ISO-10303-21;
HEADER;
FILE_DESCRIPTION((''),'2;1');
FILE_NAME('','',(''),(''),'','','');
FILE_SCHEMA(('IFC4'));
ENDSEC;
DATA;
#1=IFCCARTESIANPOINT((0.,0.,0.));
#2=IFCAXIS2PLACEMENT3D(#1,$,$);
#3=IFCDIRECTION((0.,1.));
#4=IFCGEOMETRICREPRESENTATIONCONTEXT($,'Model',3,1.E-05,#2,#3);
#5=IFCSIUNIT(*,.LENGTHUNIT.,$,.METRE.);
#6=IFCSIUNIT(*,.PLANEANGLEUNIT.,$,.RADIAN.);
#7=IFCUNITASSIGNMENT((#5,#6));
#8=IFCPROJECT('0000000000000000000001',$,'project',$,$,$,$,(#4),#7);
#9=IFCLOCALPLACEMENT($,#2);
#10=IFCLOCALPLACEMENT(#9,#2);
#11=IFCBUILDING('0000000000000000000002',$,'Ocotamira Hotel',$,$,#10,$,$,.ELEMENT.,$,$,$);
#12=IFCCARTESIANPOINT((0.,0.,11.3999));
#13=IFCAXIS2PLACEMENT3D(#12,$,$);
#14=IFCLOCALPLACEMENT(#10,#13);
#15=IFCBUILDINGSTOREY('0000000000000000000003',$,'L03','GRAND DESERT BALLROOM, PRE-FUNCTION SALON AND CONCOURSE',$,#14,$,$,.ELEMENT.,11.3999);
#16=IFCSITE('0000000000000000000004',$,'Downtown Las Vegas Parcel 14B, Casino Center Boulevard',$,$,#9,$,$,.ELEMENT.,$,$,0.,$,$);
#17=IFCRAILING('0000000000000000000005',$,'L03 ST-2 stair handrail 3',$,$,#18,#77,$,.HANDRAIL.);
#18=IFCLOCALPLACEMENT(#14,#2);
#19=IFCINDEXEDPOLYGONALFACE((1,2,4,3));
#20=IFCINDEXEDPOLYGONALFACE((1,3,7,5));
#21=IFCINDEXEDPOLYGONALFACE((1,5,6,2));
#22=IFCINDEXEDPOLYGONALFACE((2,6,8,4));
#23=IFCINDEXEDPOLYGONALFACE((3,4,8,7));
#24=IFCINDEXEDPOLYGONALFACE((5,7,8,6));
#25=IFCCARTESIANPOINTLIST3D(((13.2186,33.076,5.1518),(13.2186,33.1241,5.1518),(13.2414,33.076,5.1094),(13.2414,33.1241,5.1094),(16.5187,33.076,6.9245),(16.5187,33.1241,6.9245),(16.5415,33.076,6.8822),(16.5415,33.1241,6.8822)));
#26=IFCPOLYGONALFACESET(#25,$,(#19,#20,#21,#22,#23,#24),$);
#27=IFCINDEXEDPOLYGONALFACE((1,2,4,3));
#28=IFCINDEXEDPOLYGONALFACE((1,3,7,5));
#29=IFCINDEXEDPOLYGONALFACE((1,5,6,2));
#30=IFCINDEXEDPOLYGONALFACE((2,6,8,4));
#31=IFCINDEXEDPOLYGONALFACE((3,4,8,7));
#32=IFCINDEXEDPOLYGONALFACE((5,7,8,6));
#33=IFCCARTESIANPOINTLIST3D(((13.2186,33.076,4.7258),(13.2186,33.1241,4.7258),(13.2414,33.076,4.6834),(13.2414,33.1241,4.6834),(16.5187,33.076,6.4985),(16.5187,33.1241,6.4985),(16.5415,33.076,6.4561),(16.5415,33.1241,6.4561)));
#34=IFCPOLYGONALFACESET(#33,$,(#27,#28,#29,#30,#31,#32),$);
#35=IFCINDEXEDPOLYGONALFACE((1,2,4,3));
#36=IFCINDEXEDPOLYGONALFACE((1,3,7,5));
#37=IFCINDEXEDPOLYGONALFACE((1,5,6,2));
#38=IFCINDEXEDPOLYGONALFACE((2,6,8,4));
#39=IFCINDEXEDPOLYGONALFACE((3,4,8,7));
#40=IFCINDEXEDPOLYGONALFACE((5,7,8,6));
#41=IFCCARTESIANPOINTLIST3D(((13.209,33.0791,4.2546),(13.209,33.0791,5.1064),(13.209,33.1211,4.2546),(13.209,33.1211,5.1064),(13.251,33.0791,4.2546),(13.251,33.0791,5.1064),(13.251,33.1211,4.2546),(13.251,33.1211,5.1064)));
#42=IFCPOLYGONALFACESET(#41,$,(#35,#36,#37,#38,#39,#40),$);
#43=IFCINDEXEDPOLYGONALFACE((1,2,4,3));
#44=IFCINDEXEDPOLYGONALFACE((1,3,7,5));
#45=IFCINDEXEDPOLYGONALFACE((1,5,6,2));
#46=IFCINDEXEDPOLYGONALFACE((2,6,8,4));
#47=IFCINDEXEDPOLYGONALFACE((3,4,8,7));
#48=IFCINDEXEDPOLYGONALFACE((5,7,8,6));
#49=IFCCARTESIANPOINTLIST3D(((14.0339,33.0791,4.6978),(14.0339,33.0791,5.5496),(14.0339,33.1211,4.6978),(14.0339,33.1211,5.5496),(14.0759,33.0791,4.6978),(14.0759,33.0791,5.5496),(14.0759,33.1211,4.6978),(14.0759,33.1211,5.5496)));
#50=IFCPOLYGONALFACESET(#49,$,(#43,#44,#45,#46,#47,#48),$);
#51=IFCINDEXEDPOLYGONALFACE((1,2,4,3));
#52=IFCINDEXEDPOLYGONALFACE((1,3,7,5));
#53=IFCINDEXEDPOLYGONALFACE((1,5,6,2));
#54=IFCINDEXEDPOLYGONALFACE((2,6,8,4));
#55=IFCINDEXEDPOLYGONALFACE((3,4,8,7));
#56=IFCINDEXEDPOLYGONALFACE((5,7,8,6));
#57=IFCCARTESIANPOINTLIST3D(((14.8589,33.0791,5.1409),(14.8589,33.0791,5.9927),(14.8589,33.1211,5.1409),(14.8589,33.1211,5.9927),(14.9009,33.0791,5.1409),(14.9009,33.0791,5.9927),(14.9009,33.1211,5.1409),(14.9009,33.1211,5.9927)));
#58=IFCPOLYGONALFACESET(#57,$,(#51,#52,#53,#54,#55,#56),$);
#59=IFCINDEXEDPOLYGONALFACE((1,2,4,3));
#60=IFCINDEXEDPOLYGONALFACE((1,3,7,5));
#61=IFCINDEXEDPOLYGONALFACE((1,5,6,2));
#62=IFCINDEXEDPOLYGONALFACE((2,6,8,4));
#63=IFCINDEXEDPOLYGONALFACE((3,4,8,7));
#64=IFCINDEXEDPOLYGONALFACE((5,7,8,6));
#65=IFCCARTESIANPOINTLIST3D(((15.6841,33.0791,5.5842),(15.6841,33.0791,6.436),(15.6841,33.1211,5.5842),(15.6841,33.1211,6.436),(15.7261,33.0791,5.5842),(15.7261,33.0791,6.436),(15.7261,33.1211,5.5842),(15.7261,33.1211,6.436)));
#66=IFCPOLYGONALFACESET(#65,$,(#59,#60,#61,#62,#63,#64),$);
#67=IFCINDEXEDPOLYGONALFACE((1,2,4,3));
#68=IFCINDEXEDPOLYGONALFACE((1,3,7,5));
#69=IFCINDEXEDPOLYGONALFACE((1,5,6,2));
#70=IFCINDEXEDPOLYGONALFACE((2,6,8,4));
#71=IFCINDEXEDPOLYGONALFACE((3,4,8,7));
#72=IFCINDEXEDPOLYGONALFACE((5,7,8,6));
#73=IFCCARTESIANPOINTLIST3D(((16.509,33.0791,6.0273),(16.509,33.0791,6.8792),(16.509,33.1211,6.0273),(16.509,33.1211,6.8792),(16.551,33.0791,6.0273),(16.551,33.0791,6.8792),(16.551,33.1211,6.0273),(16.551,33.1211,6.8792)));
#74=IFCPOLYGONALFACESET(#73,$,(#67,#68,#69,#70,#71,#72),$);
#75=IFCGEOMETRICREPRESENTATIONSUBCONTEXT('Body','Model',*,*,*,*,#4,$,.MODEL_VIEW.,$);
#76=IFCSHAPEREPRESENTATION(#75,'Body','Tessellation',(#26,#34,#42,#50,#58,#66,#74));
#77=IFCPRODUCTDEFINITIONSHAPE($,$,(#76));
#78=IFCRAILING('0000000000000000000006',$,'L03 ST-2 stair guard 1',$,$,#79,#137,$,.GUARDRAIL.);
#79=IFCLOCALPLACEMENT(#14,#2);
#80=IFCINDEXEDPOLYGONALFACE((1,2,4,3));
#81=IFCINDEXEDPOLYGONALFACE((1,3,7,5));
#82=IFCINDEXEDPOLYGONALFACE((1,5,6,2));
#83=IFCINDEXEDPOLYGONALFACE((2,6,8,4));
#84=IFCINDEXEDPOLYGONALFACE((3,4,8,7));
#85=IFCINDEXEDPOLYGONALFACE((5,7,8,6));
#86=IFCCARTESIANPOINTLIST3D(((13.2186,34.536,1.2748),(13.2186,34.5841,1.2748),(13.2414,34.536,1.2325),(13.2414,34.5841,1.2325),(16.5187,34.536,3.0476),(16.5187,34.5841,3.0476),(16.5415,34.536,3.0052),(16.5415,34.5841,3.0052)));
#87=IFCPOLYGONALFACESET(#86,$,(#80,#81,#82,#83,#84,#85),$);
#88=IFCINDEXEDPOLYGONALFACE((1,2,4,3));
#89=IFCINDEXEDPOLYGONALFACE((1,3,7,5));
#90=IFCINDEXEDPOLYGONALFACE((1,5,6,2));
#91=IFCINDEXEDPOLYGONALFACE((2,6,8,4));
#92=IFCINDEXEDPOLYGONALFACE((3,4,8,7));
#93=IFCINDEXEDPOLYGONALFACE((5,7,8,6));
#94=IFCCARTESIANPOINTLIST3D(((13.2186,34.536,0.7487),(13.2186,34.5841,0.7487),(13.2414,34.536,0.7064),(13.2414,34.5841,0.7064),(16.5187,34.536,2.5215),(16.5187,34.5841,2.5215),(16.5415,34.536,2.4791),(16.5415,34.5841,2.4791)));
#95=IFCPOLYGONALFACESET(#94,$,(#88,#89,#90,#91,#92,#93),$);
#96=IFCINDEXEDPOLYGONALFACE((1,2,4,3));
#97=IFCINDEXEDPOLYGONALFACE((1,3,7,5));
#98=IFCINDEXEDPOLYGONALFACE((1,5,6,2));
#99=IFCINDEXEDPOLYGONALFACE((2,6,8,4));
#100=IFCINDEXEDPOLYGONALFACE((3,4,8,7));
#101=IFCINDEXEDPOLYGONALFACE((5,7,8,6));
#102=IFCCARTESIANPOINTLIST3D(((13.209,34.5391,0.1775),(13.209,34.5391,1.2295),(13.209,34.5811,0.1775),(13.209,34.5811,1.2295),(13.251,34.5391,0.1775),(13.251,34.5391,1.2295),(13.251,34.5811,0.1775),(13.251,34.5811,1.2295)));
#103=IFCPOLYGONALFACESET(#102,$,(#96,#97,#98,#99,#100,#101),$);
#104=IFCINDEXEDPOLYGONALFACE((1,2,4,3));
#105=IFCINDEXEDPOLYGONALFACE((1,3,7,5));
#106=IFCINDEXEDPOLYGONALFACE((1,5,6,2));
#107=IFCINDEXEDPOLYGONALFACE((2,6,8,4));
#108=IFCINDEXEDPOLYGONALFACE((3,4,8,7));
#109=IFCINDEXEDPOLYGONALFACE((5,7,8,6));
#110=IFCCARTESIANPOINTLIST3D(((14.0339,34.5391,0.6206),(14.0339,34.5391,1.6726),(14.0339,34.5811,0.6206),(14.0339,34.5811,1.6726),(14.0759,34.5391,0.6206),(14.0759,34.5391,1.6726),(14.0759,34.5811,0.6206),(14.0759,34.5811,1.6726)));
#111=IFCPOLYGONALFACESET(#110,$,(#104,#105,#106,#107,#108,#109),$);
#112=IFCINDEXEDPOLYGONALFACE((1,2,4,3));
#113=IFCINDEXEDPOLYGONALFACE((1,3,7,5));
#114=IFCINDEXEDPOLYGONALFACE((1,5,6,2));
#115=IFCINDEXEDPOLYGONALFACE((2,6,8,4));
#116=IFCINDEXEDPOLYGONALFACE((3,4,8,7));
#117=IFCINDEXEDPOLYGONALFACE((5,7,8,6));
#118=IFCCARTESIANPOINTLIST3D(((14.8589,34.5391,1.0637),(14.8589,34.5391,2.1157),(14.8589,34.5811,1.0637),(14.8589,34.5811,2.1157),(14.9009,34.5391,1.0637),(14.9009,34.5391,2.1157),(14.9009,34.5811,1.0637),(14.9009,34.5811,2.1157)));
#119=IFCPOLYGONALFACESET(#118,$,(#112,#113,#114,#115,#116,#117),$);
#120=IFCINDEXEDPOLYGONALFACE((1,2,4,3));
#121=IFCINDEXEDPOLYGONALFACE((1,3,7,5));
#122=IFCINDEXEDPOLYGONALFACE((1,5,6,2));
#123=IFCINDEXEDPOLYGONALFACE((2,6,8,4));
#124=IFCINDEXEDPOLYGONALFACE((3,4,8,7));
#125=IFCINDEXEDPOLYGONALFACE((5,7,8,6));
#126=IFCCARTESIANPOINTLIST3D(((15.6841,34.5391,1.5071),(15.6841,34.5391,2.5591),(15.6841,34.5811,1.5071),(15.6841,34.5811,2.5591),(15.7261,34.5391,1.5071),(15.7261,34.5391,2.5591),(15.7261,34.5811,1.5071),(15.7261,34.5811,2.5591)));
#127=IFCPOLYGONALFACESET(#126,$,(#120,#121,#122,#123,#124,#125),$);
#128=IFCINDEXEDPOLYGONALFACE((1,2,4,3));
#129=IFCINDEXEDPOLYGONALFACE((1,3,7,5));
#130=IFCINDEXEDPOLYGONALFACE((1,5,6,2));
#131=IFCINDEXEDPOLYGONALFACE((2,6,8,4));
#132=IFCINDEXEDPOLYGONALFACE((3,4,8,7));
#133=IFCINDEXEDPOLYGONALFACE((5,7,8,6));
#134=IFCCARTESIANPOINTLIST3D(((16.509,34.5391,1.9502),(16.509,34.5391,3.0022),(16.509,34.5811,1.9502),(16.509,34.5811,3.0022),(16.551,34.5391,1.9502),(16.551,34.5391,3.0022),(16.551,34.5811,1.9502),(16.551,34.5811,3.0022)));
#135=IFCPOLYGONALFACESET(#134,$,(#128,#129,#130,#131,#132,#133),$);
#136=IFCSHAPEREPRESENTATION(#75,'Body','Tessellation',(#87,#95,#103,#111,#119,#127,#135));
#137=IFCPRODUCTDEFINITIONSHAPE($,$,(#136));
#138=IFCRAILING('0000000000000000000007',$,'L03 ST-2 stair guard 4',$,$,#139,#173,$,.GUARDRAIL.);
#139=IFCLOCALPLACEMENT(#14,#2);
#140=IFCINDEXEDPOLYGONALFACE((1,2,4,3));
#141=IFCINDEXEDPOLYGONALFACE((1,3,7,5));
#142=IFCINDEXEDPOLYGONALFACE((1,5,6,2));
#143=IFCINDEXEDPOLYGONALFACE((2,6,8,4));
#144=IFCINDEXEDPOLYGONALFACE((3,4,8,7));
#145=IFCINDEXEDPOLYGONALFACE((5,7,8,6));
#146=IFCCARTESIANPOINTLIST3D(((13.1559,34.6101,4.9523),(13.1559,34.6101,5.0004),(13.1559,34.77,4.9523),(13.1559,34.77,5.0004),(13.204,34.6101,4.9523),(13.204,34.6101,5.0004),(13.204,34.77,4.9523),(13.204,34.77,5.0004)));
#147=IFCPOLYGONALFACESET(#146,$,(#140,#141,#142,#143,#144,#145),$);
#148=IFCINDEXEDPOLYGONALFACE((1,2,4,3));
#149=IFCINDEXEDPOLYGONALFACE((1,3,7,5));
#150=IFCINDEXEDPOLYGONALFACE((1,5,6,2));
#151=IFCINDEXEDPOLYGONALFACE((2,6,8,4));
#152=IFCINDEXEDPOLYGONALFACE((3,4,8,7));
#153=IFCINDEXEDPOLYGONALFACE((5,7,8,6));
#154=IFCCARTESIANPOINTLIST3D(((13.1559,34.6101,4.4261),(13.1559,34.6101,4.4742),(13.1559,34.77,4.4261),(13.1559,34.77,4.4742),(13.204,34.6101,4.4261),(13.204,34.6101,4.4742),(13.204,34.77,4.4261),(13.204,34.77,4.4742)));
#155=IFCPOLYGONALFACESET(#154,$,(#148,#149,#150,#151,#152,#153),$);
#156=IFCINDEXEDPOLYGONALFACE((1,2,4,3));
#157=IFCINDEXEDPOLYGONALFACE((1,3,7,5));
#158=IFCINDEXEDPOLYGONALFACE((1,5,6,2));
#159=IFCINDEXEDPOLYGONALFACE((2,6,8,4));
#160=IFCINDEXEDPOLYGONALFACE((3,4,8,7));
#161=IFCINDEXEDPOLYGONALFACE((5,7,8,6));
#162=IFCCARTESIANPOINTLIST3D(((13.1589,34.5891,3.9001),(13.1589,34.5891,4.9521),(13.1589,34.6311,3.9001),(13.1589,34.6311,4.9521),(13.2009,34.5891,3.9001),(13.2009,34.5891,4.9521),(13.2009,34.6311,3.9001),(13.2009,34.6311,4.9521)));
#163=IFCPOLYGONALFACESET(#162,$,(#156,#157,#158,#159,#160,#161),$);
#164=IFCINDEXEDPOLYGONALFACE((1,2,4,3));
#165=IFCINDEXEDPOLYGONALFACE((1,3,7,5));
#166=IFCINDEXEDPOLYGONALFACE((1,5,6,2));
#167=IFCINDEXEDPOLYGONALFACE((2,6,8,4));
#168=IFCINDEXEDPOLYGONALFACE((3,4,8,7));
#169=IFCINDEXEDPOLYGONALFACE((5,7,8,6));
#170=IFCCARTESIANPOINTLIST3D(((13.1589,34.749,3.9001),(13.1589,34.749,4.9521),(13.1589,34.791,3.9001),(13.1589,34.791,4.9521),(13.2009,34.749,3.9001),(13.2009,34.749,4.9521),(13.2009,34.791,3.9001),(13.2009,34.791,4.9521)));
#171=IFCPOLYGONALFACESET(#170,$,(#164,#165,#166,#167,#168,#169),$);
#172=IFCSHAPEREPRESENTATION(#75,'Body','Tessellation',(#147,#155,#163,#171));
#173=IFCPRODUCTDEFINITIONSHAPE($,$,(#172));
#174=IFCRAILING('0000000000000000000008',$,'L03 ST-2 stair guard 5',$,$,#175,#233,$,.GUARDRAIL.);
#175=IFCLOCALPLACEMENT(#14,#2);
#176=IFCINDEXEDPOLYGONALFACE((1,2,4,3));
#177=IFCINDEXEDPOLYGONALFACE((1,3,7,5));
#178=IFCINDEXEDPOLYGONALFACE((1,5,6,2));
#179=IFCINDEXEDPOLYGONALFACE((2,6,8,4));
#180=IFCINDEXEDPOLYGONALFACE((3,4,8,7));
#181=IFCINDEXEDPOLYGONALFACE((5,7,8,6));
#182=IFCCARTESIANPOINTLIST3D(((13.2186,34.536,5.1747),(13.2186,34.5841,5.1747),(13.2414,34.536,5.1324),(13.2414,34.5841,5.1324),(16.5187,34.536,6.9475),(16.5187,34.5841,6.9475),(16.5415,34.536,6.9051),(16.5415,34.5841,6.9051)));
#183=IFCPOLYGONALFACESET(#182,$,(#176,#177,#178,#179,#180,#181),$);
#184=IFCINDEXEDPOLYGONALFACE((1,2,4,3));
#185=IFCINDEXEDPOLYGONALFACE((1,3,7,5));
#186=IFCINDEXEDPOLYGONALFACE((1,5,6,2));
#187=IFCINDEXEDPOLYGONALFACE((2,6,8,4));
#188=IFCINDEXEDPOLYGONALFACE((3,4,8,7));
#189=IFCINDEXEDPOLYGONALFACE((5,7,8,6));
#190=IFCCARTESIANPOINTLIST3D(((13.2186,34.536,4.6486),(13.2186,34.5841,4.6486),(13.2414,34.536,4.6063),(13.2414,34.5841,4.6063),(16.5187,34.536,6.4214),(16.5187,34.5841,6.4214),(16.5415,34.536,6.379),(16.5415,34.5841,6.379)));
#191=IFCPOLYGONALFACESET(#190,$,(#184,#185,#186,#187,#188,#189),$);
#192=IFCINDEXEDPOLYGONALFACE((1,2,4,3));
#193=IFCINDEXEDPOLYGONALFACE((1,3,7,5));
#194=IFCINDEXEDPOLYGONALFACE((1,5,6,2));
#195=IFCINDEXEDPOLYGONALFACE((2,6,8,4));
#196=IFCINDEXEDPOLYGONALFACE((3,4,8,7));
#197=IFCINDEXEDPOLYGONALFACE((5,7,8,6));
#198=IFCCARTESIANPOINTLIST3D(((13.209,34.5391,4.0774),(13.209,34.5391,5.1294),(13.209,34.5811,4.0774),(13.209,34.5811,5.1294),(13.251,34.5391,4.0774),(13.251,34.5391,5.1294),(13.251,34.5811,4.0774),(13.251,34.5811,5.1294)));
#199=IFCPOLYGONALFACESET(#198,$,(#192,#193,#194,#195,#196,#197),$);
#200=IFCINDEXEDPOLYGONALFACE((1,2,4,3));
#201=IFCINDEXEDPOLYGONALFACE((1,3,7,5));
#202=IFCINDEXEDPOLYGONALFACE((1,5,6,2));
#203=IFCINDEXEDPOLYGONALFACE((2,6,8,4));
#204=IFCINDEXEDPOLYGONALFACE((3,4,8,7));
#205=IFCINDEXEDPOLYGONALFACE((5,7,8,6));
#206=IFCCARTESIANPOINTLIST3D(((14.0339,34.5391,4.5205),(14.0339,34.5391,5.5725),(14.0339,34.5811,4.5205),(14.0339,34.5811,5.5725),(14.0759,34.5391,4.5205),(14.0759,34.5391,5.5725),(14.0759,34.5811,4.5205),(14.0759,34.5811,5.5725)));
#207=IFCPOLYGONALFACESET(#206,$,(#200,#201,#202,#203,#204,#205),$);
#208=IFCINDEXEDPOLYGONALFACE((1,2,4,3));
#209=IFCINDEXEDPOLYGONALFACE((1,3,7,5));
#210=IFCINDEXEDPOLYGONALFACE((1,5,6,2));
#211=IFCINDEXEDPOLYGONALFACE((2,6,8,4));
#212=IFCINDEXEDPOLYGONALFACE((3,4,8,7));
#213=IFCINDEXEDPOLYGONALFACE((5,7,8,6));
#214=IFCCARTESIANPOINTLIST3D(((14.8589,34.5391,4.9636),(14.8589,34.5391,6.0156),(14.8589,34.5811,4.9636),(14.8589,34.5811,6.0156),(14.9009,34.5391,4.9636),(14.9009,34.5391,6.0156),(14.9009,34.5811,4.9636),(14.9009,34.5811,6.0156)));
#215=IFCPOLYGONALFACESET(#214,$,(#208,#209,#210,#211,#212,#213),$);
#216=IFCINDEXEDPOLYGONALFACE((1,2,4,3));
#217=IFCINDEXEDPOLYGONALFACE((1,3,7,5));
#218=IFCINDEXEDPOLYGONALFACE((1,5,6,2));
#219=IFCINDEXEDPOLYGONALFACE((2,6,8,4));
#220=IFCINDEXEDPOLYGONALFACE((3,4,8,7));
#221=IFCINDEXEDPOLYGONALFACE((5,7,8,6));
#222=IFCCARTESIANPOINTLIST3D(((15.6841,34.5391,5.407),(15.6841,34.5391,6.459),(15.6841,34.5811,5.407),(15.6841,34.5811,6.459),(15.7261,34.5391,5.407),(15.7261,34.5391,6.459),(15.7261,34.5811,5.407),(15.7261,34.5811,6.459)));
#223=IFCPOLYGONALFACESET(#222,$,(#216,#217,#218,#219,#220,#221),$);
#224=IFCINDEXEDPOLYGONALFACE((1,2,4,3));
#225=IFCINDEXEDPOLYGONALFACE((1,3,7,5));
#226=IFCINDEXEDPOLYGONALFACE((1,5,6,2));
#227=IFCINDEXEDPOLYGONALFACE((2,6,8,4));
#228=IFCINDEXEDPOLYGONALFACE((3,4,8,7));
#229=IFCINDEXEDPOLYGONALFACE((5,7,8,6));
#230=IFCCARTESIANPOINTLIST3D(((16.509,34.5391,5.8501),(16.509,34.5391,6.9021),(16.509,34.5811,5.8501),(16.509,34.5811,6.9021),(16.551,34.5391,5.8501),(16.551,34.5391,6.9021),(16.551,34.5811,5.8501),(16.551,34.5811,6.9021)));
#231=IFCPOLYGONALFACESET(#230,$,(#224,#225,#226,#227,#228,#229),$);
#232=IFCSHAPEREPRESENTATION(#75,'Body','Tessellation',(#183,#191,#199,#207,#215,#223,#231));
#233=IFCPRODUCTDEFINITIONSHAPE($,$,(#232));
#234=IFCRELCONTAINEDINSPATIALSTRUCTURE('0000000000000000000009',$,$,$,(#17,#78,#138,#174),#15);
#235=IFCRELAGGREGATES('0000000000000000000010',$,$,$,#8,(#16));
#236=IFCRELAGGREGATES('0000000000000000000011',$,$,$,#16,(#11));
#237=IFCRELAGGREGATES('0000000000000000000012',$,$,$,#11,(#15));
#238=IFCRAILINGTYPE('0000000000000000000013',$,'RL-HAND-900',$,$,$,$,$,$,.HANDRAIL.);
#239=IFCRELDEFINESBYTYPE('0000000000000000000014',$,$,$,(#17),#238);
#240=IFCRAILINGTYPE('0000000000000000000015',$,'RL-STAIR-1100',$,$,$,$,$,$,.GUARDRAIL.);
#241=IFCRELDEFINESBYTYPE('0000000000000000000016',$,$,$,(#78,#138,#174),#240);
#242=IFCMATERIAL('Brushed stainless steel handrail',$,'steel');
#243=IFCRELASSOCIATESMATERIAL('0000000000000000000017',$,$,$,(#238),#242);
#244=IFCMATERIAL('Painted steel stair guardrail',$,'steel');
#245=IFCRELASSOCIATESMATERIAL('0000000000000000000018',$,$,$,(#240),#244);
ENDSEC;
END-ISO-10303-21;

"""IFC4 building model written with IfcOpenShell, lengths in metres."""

from ifc_helpers import new_model, si_unit, direction, frame, origin, origin_2d, place, context, subcontext, project, spatial, rectangle, extrude, material, type_object, element, save


model = new_model("IFC4")

# Units and contexts
model_context = context("Model", 3, precision=1e-05, world=origin(), true_north=direction((0.0, 1.0)))
body_context = subcontext(model_context, "Body", "Model", "MODEL_VIEW")
ifc_project = project(units=[si_unit("LENGTHUNIT", "METRE"), si_unit("PLANEANGLEUNIT", "RADIAN")], contexts=[model_context])

# Site, building, storey
site_placement = place(None, origin())
site = spatial("IfcSite", under=ifc_project, at=site_placement, Name="Downtown Las Vegas Parcel 14B, Casino Center Boulevard", CompositionType="ELEMENT", RefElevation=0.0)
building_placement = place(site_placement, origin())
building = spatial("IfcBuilding", under=site, at=building_placement, Name="Ocotamira Hotel", CompositionType="ELEMENT")
storey_placement = place(building_placement, frame((0.0, 0.0, 11.3999)))
storey = spatial("IfcBuildingStorey", under=building, at=storey_placement, Name="L03", Description="GRAND DESERT BALLROOM, PRE-FUNCTION SALON AND CONCOURSE", CompositionType="ELEMENT", Elevation=11.3999)

# Railings
ifc_material_1 = material(Name="Brushed stainless steel handrail", Category="steel")
railing_type_1 = type_object("IfcRailingType", Name="RL-HAND-900", PredefinedType="HANDRAIL", material=ifc_material_1)
for number, where, name in (
    (1, (13.23, 33.1001, 4.2546), "L03 ST-2 stair handrail 3"),
):
    element("IfcRailing", number, at=place(storey_placement, frame(where)), inside=storey, type_object=railing_type_1, Name=name, PredefinedType="HANDRAIL", context=body_context, shape_type="SweptSolid", body=[
        extrude(rectangle(XDim=0.0481, YDim=0.0481, at=origin_2d()), frame((0.0, 0.0, 0.876), z_axis=(0.880944, 0.0, 0.473221), x_axis=(0.0, 1.0, 0.0)), (0.0, 0.0, 1.0), 3.7461),
        extrude(rectangle(XDim=0.0481, YDim=0.0481, at=origin_2d()), frame((0.0, 0.0, 0.45), z_axis=(0.880944, 0.0, 0.473221), x_axis=(0.0, 1.0, 0.0)), (0.0, 0.0, 1.0), 3.7461),
        extrude(rectangle(XDim=0.042, YDim=0.042, at=origin_2d()), origin(), (0.0, 0.0, 1.0), 0.8518),
        extrude(rectangle(XDim=0.042, YDim=0.042, at=origin_2d()), frame((0.825, 0.0, 0.4431)), (0.0, 0.0, 1.0), 0.8518),
        extrude(rectangle(XDim=0.042, YDim=0.042, at=origin_2d()), frame((1.6499, 0.0, 0.8862)), (0.0, 0.0, 1.0), 0.8518),
        extrude(rectangle(XDim=0.042, YDim=0.042, at=origin_2d()), frame((2.4751, 0.0, 1.3296)), (0.0, 0.0, 1.0), 0.8518),
        extrude(rectangle(XDim=0.042, YDim=0.042, at=origin_2d()), frame((3.3, 0.0, 1.7727)), (0.0, 0.0, 1.0), 0.8518),
    ])
ifc_material_2 = material(Name="Painted steel stair guardrail", Category="steel")
railing_type_2 = type_object("IfcRailingType", Name="RL-STAIR-1100", PredefinedType="GUARDRAIL", material=ifc_material_2)
railing_1_placement = place(storey_placement, frame((13.23, 34.5601, 0.1775)))
element("IfcRailing", 2, at=railing_1_placement, inside=storey, type_object=railing_type_2, Name="L03 ST-2 stair guard 1", PredefinedType="GUARDRAIL", context=body_context, shape_type="SweptSolid", body=[
    extrude(rectangle(XDim=0.0481, YDim=0.0481, at=origin_2d()), frame((0.0, 0.0, 1.0762), z_axis=(0.880944, 0.0, 0.473221), x_axis=(0.0, 1.0, 0.0)), (0.0, 0.0, 1.0), 3.7461),
    extrude(rectangle(XDim=0.0481, YDim=0.0481, at=origin_2d()), frame((0.0, 0.0, 0.55), z_axis=(0.880944, 0.0, 0.473221), x_axis=(0.0, 1.0, 0.0)), (0.0, 0.0, 1.0), 3.7461),
    extrude(rectangle(XDim=0.042, YDim=0.042, at=origin_2d()), origin(), (0.0, 0.0, 1.0), 1.052),
    extrude(rectangle(XDim=0.042, YDim=0.042, at=origin_2d()), frame((0.825, 0.0, 0.4431)), (0.0, 0.0, 1.0), 1.052),
    extrude(rectangle(XDim=0.042, YDim=0.042, at=origin_2d()), frame((1.6499, 0.0, 0.8862)), (0.0, 0.0, 1.0), 1.052),
    extrude(rectangle(XDim=0.042, YDim=0.042, at=origin_2d()), frame((2.4751, 0.0, 1.3296)), (0.0, 0.0, 1.0), 1.052),
    extrude(rectangle(XDim=0.042, YDim=0.042, at=origin_2d()), frame((3.3, 0.0, 1.7727)), (0.0, 0.0, 1.0), 1.052),
])
railing_2_placement = place(storey_placement, frame((13.1799, 34.6101, 3.9001)))
element("IfcRailing", 3, at=railing_2_placement, inside=storey, type_object=railing_type_2, Name="L03 ST-2 stair guard 4", PredefinedType="GUARDRAIL", context=body_context, shape_type="SweptSolid", body=[
    extrude(rectangle(XDim=0.0481, YDim=0.0481, at=origin_2d()), frame((0.0, 0.0, 1.0762), z_axis=(0.0, 1.0, 0.0), x_axis=(-1.0, 0.0, 0.0)), (0.0, 0.0, 1.0), 0.1599),
    extrude(rectangle(XDim=0.0481, YDim=0.0481, at=origin_2d()), frame((0.0, 0.0, 0.55), z_axis=(0.0, 1.0, 0.0), x_axis=(-1.0, 0.0, 0.0)), (0.0, 0.0, 1.0), 0.1599),
    extrude(rectangle(XDim=0.042, YDim=0.042, at=origin_2d()), origin(), (0.0, 0.0, 1.0), 1.052),
    extrude(rectangle(XDim=0.042, YDim=0.042, at=origin_2d()), frame((0.0, 0.1599, 0.0)), (0.0, 0.0, 1.0), 1.052),
])
railing_3_placement = place(storey_placement, frame((13.23, 34.5601, 4.0774)))
element("IfcRailing", 4, at=railing_3_placement, inside=storey, type_object=railing_type_2, Name="L03 ST-2 stair guard 5", PredefinedType="GUARDRAIL", context=body_context, shape_type="SweptSolid", body=[
    extrude(rectangle(XDim=0.0481, YDim=0.0481, at=origin_2d()), frame((0.0, 0.0, 1.0762), z_axis=(0.880944, 0.0, 0.473221), x_axis=(0.0, 1.0, 0.0)), (0.0, 0.0, 1.0), 3.7461),
    extrude(rectangle(XDim=0.0481, YDim=0.0481, at=origin_2d()), frame((0.0, 0.0, 0.55), z_axis=(0.880944, 0.0, 0.473221), x_axis=(0.0, 1.0, 0.0)), (0.0, 0.0, 1.0), 3.7461),
    extrude(rectangle(XDim=0.042, YDim=0.042, at=origin_2d()), origin(), (0.0, 0.0, 1.0), 1.052),
    extrude(rectangle(XDim=0.042, YDim=0.042, at=origin_2d()), frame((0.825, 0.0, 0.4431)), (0.0, 0.0, 1.0), 1.052),
    extrude(rectangle(XDim=0.042, YDim=0.042, at=origin_2d()), frame((1.6499, 0.0, 0.8862)), (0.0, 0.0, 1.0), 1.052),
    extrude(rectangle(XDim=0.042, YDim=0.042, at=origin_2d()), frame((2.4751, 0.0, 1.3296)), (0.0, 0.0, 1.0), 1.052),
    extrude(rectangle(XDim=0.042, YDim=0.042, at=origin_2d()), frame((3.3, 0.0, 1.7727)), (0.0, 0.0, 1.0), 1.052),
])

save(model, "model.ifc")
